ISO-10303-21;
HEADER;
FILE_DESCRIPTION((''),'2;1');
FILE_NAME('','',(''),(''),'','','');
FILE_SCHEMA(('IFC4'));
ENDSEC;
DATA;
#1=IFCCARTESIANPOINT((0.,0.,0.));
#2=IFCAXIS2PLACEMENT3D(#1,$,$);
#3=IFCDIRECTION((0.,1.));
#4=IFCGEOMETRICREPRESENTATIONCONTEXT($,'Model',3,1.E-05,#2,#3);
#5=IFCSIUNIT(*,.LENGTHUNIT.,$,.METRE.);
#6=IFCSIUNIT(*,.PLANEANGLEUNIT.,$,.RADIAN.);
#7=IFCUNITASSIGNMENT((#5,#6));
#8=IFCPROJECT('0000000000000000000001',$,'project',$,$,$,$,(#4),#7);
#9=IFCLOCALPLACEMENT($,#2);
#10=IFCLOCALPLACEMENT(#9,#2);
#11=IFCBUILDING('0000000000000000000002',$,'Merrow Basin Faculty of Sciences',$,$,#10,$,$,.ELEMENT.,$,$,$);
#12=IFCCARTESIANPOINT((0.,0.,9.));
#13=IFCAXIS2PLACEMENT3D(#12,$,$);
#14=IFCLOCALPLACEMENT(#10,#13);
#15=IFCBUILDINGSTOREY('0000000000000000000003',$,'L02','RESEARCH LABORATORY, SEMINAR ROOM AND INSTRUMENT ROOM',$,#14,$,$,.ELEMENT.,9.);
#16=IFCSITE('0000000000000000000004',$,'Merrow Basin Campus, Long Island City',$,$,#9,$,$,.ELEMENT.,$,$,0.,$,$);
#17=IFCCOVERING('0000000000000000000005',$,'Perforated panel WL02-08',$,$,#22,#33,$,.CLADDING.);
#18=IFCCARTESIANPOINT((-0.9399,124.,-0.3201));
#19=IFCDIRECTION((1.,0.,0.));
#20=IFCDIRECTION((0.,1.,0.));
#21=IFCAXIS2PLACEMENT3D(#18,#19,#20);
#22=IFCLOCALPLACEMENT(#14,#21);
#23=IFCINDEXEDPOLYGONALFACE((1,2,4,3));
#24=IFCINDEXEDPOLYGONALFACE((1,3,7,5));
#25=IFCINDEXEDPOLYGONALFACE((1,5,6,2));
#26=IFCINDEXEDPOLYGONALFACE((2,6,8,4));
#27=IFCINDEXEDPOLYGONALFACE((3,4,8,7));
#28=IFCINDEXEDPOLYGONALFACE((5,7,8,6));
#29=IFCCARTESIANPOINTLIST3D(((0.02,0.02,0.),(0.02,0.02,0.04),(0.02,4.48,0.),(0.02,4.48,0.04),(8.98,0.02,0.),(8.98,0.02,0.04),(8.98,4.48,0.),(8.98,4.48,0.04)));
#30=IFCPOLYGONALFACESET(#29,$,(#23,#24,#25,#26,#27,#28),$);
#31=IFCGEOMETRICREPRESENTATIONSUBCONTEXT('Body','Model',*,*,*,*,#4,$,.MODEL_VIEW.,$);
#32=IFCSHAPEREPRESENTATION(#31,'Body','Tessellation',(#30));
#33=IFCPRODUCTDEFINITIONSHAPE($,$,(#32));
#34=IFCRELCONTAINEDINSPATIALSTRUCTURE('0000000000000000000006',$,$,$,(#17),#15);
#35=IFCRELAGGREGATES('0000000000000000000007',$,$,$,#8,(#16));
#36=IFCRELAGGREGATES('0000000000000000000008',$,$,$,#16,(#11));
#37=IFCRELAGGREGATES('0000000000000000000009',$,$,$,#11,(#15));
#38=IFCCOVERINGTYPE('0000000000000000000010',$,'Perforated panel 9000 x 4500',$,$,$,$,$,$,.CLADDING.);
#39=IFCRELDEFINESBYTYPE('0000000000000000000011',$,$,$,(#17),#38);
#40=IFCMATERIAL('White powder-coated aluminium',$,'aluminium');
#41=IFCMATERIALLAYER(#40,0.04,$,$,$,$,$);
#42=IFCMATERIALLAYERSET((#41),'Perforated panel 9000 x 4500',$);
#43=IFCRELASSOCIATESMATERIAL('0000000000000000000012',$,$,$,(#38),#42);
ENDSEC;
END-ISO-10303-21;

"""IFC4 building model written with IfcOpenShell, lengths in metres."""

from ifc_helpers import new_model, si_unit, direction, frame, origin, place, context, subcontext, project, spatial, polyline, outline, extrude, source, transform, mapped, material, layer, layer_set, type_object, element, save


model = new_model("IFC4")

# Units and contexts
model_context = context("Model", 3, precision=1e-05, world=origin(), true_north=direction((0.0, 1.0)))
body_context = subcontext(model_context, "Body", "Model", "MODEL_VIEW")
ifc_project = project(units=[si_unit("LENGTHUNIT", "METRE"), si_unit("PLANEANGLEUNIT", "RADIAN")], contexts=[model_context])

# Site, building, storey
site_placement = place(None, origin())
site = spatial("IfcSite", under=ifc_project, at=site_placement, Name="Merrow Basin Campus, Long Island City", CompositionType="ELEMENT", RefElevation=0.0)
building_placement = place(site_placement, origin())
building = spatial("IfcBuilding", under=site, at=building_placement, Name="Merrow Basin Faculty of Sciences", CompositionType="ELEMENT")
storey_placement = place(building_placement, frame((0.0, 0.0, 9.0)))
storey = spatial("IfcBuildingStorey", under=building, at=storey_placement, Name="L02", Description="RESEARCH LABORATORY, SEMINAR ROOM AND INSTRUMENT ROOM", CompositionType="ELEMENT", Elevation=9.0)

# Covering
ifc_material_1 = material(Name="White powder-coated aluminium", Category="aluminium")
ifc_layer_1 = layer(ifc_material_1, 0.04)
ifc_layer_set_1 = layer_set([ifc_layer_1], Name="Perforated panel 9000 x 4500")
covering_type = type_object("IfcCoveringType", Name="Perforated panel 9000 x 4500", PredefinedType="CLADDING", material=ifc_layer_set_1)
shared_shape_1 = source(origin(), body_context, "Body", "SweptSolid", [
    extrude(outline(polyline([(0.02, 0.02), (8.98, 0.02), (8.98, 4.48), (0.02, 4.48), (0.02, 0.02)])), origin(), (0.0, 0.0, 1.0), 0.04),
])
covering_placement = place(storey_placement, frame((-0.9399, 124.0, -0.3201), z_axis=(1.0, 0.0, 0.0), x_axis=(0.0, 1.0, 0.0)))
element("IfcCovering", 1, at=covering_placement, inside=storey, type_object=covering_type, Name="Perforated panel WL02-08", PredefinedType="CLADDING", context=body_context, shape_type="MappedRepresentation", body=[
    mapped(shared_shape_1, transform((0.0, 0.0, 0.0), scale=1.0)),
])

save(model, "model.ifc")
